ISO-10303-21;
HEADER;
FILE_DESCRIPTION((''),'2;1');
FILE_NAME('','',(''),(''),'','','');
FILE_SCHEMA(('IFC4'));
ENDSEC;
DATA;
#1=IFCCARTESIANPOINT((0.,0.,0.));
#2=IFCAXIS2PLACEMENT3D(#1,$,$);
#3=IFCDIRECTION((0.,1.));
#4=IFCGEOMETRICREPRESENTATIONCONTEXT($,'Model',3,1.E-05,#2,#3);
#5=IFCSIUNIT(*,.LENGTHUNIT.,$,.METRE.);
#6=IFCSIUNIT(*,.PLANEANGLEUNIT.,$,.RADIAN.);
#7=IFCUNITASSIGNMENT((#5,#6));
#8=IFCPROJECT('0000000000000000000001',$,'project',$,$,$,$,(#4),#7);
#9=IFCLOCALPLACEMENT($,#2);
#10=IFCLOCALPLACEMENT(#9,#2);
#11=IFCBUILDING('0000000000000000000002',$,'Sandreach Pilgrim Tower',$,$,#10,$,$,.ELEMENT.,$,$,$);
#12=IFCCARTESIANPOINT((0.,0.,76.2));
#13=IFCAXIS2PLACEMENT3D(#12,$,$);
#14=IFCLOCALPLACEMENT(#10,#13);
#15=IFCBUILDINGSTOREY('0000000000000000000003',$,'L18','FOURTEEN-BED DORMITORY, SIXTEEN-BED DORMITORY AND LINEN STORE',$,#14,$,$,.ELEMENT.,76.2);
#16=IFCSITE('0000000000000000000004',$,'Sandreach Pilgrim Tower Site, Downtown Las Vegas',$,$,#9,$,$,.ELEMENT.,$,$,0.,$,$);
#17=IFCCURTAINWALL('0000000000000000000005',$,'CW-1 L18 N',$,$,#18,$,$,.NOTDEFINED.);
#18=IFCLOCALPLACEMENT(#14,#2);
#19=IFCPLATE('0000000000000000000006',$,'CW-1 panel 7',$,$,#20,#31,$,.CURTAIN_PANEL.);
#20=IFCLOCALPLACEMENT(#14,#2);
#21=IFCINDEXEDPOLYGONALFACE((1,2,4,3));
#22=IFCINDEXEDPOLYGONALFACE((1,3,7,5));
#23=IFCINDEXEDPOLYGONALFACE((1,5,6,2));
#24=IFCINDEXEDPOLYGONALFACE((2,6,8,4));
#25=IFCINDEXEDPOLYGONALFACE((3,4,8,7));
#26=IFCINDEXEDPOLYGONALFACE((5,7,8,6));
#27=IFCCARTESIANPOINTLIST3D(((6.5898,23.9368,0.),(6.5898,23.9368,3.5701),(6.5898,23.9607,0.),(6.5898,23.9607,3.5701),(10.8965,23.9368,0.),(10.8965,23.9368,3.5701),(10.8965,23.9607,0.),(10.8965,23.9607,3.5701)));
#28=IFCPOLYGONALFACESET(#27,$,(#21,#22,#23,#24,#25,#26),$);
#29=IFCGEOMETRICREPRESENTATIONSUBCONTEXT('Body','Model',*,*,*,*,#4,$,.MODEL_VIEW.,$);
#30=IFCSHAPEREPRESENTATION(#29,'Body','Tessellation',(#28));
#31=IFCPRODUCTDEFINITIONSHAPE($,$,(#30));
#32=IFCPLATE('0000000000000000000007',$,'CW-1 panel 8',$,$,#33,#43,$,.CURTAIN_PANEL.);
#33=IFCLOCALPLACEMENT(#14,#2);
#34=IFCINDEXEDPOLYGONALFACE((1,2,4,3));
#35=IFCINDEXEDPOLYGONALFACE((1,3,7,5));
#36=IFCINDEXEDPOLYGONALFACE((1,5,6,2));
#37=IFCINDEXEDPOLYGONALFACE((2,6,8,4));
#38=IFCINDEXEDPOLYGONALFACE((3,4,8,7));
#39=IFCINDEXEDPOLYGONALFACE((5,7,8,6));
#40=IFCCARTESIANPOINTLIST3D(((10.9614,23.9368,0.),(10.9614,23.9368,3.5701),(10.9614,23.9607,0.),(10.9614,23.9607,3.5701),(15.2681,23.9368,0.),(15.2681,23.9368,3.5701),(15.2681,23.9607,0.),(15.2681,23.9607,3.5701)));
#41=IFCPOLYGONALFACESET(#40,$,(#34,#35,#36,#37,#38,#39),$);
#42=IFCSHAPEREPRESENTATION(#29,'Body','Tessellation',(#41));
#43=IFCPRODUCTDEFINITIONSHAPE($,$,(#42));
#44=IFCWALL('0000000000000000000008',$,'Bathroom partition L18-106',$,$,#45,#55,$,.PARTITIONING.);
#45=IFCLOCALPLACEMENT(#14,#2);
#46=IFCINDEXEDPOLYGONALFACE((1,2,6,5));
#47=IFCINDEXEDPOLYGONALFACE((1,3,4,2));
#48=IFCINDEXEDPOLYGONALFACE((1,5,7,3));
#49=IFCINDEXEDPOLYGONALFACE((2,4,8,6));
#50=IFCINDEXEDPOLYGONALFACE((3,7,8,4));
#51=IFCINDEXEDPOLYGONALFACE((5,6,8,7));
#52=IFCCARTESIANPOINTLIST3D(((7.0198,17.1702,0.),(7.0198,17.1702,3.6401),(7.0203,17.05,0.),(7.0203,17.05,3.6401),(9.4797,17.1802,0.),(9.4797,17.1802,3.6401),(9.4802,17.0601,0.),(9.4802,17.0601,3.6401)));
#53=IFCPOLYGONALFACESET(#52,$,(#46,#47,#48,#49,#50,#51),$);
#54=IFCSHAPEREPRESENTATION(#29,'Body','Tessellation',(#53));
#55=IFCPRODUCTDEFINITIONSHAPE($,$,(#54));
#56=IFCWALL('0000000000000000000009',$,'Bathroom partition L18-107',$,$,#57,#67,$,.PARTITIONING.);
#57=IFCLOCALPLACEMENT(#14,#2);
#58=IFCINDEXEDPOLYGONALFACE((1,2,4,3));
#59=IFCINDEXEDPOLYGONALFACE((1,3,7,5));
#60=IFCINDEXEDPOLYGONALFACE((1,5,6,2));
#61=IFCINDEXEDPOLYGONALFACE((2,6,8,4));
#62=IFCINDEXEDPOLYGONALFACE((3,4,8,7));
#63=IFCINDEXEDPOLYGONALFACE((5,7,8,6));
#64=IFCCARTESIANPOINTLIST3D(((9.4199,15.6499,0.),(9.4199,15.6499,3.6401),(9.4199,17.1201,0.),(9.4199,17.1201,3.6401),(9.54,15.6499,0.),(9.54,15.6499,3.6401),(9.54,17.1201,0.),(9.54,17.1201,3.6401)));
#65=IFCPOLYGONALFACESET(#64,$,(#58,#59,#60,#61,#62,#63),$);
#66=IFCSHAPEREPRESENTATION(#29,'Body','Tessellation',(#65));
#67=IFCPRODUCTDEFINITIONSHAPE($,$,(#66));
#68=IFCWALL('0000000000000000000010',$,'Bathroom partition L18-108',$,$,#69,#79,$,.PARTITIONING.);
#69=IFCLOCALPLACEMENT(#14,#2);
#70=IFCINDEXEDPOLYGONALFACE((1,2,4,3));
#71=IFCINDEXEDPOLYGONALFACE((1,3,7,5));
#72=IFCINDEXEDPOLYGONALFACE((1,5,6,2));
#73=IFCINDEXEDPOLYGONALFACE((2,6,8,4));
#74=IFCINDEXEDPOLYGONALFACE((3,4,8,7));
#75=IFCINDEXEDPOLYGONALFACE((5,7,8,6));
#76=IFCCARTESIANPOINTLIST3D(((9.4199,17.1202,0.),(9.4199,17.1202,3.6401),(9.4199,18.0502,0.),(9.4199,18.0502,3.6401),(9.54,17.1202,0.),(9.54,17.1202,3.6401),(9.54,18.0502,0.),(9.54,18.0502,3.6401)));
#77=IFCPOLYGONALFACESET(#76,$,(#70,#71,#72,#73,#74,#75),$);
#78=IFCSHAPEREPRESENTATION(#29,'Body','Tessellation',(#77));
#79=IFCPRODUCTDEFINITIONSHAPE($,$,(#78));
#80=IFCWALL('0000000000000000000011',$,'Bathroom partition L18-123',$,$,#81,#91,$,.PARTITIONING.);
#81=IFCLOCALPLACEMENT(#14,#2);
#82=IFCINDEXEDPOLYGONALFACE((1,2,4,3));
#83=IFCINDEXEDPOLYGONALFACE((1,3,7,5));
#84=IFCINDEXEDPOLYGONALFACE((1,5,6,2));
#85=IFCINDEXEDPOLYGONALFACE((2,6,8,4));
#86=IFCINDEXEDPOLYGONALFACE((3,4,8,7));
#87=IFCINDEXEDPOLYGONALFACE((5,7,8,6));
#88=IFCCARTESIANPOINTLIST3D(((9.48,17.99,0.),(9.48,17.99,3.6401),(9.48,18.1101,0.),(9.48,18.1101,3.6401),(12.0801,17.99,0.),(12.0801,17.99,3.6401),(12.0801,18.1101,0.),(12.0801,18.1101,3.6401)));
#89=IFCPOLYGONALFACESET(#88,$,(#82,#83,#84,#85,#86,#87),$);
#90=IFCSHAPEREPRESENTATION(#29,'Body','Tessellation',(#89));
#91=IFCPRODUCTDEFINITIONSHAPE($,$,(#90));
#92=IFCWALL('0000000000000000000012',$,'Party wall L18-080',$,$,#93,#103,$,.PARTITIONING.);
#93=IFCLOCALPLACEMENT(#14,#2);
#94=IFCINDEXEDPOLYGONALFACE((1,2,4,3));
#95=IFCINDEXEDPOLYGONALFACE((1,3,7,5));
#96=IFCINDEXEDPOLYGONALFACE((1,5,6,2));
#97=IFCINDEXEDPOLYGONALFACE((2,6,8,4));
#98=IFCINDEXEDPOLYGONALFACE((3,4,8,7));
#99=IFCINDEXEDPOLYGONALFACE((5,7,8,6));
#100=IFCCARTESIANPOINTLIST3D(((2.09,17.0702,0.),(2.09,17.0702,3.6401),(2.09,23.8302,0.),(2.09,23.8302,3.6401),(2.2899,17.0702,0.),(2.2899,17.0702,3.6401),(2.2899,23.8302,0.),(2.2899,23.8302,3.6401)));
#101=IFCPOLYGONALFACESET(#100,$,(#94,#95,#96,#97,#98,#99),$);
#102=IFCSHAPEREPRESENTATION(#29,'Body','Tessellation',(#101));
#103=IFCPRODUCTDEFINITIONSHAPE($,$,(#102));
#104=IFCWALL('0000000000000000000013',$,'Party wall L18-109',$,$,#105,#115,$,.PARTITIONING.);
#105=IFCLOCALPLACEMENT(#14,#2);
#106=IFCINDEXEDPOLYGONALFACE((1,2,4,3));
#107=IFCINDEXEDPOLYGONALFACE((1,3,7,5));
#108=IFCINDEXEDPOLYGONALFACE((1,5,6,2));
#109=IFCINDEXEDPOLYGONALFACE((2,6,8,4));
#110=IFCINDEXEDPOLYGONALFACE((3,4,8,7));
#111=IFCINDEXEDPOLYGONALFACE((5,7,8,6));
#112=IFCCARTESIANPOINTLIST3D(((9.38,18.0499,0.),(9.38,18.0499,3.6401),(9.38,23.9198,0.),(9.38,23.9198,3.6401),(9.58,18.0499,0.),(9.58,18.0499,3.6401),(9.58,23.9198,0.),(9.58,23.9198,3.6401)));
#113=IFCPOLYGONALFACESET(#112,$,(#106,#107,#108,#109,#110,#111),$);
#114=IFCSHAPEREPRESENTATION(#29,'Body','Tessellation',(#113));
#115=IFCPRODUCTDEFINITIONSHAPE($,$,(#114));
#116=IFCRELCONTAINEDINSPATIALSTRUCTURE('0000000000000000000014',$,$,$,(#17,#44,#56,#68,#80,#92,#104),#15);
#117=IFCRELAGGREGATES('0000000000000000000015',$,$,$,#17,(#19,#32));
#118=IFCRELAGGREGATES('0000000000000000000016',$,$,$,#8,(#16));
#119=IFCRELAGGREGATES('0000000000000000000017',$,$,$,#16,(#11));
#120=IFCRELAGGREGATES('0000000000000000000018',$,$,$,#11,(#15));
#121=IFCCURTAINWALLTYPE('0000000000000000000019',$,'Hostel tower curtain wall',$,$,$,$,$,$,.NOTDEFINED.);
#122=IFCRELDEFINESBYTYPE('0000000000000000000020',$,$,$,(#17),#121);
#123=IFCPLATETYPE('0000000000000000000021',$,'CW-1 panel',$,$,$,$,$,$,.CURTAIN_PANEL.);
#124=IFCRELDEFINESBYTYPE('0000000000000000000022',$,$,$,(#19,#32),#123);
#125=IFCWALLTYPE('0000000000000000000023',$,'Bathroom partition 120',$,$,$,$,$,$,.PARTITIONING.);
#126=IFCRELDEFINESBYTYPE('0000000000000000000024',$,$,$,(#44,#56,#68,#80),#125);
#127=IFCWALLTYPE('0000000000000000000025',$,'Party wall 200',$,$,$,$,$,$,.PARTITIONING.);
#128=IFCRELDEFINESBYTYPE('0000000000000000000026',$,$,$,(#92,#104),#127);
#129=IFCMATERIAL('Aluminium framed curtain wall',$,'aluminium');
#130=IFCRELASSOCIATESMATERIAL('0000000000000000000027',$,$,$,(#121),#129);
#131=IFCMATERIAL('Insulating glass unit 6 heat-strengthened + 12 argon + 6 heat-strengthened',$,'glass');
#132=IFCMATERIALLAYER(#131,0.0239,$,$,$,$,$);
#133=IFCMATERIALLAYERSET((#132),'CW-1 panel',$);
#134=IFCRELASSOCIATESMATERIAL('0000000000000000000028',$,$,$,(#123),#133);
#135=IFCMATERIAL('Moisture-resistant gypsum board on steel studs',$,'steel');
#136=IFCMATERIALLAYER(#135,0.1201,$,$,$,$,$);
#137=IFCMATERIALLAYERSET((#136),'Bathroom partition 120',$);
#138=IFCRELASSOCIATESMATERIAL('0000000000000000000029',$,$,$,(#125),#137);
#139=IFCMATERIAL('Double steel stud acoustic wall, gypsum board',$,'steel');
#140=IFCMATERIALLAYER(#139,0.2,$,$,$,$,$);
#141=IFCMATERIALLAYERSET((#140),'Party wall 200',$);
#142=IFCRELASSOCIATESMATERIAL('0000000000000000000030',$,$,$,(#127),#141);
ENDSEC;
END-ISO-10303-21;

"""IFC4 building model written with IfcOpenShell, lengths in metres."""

from ifc_helpers import new_model, si_unit, direction, frame, frame_2d, origin, origin_2d, place, context, subcontext, project, spatial, rectangle, extrude, material, layer, layer_set, type_object, element, aggregate, save


model = new_model("IFC4")

# Units and contexts
model_context = context("Model", 3, precision=1e-05, world=origin(), true_north=direction((0.0, 1.0)))
body_context = subcontext(model_context, "Body", "Model", "MODEL_VIEW")
ifc_project = project(units=[si_unit("LENGTHUNIT", "METRE"), si_unit("PLANEANGLEUNIT", "RADIAN")], contexts=[model_context])

# Site, building, storey
site_placement = place(None, origin())
site = spatial("IfcSite", under=ifc_project, at=site_placement, Name="Sandreach Pilgrim Tower Site, Downtown Las Vegas", CompositionType="ELEMENT", RefElevation=0.0)
building_placement = place(site_placement, origin())
building = spatial("IfcBuilding", under=site, at=building_placement, Name="Sandreach Pilgrim Tower", CompositionType="ELEMENT")
storey_placement = place(building_placement, frame((0.0, 0.0, 76.2)))
storey = spatial("IfcBuildingStorey", under=building, at=storey_placement, Name="L18", Description="FOURTEEN-BED DORMITORY, SIXTEEN-BED DORMITORY AND LINEN STORE", CompositionType="ELEMENT", Elevation=76.2)

# Curtain wall
ifc_material_1 = material(Name="Aluminium framed curtain wall", Category="aluminium")
curtain_wall_type = type_object("IfcCurtainWallType", Name="Hostel tower curtain wall", PredefinedType="NOTDEFINED", material=ifc_material_1)
curtain_wall_placement = place(storey_placement, origin())
curtain_wall = element("IfcCurtainWall", 1, at=curtain_wall_placement, inside=storey, type_object=curtain_wall_type, Name="CW-1 L18 N", PredefinedType="NOTDEFINED")

# Plates
ifc_material_2 = material(Name="Insulating glass unit 6 heat-strengthened + 12 argon + 6 heat-strengthened", Category="glass")
ifc_layer_1 = layer(ifc_material_2, 0.0239)
ifc_layer_set_1 = layer_set([ifc_layer_1], Name="CW-1 panel")
plate_type = type_object("IfcPlateType", Name="CW-1 panel", PredefinedType="CURTAIN_PANEL", material=ifc_layer_set_1)
plate_1_placement = place(storey_placement, frame((8.7432, 23.9487, 0.0), z_axis=(0.0, 0.0, 1.0), x_axis=(1.0, 0.0, 0.0)))
plate_1 = element("IfcPlate", 2, at=plate_1_placement, type_object=plate_type, Name="CW-1 panel 7", PredefinedType="CURTAIN_PANEL", context=body_context, shape_type="SweptSolid", body=[
    extrude(rectangle(XDim=4.3066, YDim=0.0239, at=origin_2d()), origin(), (0.0, 0.0, 1.0), 3.5701),
])
plate_2_placement = place(storey_placement, frame((13.1147, 23.9487, 0.0), z_axis=(0.0, 0.0, 1.0), x_axis=(1.0, 0.0, 0.0)))
plate_2 = element("IfcPlate", 3, at=plate_2_placement, type_object=plate_type, Name="CW-1 panel 8", PredefinedType="CURTAIN_PANEL", context=body_context, shape_type="SweptSolid", body=[
    extrude(rectangle(XDim=4.3066, YDim=0.0239, at=origin_2d()), origin(), (0.0, 0.0, 1.0), 3.5701),
])
aggregate(curtain_wall, [plate_1, plate_2])

# Walls
ifc_material_3 = material(Name="Moisture-resistant gypsum board on steel studs", Category="steel")
ifc_layer_2 = layer(ifc_material_3, 0.1201)
ifc_layer_set_2 = layer_set([ifc_layer_2], Name="Bathroom partition 120")
wall_type_1 = type_object("IfcWallType", Name="Bathroom partition 120", PredefinedType="PARTITIONING", material=ifc_layer_set_2)
wall_1_placement = place(storey_placement, frame((9.48, 17.1201, 0.0), z_axis=(0.0, 0.0, 1.0), x_axis=(-0.999992, -0.004069, 0.0)))
element("IfcWall", 4, at=wall_1_placement, inside=storey, type_object=wall_type_1, Name="Bathroom partition L18-106", PredefinedType="PARTITIONING", context=body_context, shape_type="SweptSolid", body=[
    extrude(rectangle(XDim=2.46, YDim=0.1201, at=frame_2d((1.23, 0.0))), origin(), (0.0, 0.0, 1.0), 3.6401),
])
wall_2_placement = place(storey_placement, frame((9.48, 17.1201, 0.0), z_axis=(0.0, 0.0, 1.0), x_axis=(0.0, -1.0, 0.0)))
element("IfcWall", 5, at=wall_2_placement, inside=storey, type_object=wall_type_1, Name="Bathroom partition L18-107", PredefinedType="PARTITIONING", context=body_context, shape_type="SweptSolid", body=[
    extrude(rectangle(XDim=1.4702, YDim=0.1201, at=frame_2d((0.7351, 0.0))), origin(), (0.0, 0.0, 1.0), 3.6401),
])
wall_3_placement = place(storey_placement, frame((9.48, 18.05, 0.0), z_axis=(0.0, 0.0, 1.0), x_axis=(0.0, -1.0, 0.0)))
element("IfcWall", 6, at=wall_3_placement, inside=storey, type_object=wall_type_1, Name="Bathroom partition L18-108", PredefinedType="PARTITIONING", context=body_context, shape_type="SweptSolid", body=[
    extrude(rectangle(XDim=0.9299, YDim=0.1201, at=frame_2d((0.4648, 0.0))), origin(), (0.0, 0.0, 1.0), 3.6401),
])
wall_4_placement = place(storey_placement, frame((12.0801, 18.05, 0.0), z_axis=(0.0, 0.0, 1.0), x_axis=(-1.0, 0.0, 0.0)))
element("IfcWall", 7, at=wall_4_placement, inside=storey, type_object=wall_type_1, Name="Bathroom partition L18-123", PredefinedType="PARTITIONING", context=body_context, shape_type="SweptSolid", body=[
    extrude(rectangle(XDim=2.6001, YDim=0.1201, at=frame_2d((1.3, 0.0))), origin(), (0.0, 0.0, 1.0), 3.6401),
])
ifc_material_4 = material(Name="Double steel stud acoustic wall, gypsum board", Category="steel")
ifc_layer_3 = layer(ifc_material_4, 0.2)
ifc_layer_set_3 = layer_set([ifc_layer_3], Name="Party wall 200")
wall_type_2 = type_object("IfcWallType", Name="Party wall 200", PredefinedType="PARTITIONING", material=ifc_layer_set_3)
wall_5_placement = place(storey_placement, frame((2.1899, 23.8301, 0.0), z_axis=(0.0, 0.0, 1.0), x_axis=(0.0, -1.0, 0.0)))
element("IfcWall", 8, at=wall_5_placement, inside=storey, type_object=wall_type_2, Name="Party wall L18-080", PredefinedType="PARTITIONING", context=body_context, shape_type="SweptSolid", body=[
    extrude(rectangle(XDim=6.76, YDim=0.2, at=frame_2d((3.3799, 0.0))), origin(), (0.0, 0.0, 1.0), 3.6401),
])
wall_6_placement = place(storey_placement, frame((9.48, 23.9199, 0.0), z_axis=(0.0, 0.0, 1.0), x_axis=(0.0, -1.0, 0.0)))
element("IfcWall", 9, at=wall_6_placement, inside=storey, type_object=wall_type_2, Name="Party wall L18-109", PredefinedType="PARTITIONING", context=body_context, shape_type="SweptSolid", body=[
    extrude(rectangle(XDim=5.8699, YDim=0.2, at=frame_2d((2.9351, 0.0))), origin(), (0.0, 0.0, 1.0), 3.6401),
])

save(model, "model.ifc")
